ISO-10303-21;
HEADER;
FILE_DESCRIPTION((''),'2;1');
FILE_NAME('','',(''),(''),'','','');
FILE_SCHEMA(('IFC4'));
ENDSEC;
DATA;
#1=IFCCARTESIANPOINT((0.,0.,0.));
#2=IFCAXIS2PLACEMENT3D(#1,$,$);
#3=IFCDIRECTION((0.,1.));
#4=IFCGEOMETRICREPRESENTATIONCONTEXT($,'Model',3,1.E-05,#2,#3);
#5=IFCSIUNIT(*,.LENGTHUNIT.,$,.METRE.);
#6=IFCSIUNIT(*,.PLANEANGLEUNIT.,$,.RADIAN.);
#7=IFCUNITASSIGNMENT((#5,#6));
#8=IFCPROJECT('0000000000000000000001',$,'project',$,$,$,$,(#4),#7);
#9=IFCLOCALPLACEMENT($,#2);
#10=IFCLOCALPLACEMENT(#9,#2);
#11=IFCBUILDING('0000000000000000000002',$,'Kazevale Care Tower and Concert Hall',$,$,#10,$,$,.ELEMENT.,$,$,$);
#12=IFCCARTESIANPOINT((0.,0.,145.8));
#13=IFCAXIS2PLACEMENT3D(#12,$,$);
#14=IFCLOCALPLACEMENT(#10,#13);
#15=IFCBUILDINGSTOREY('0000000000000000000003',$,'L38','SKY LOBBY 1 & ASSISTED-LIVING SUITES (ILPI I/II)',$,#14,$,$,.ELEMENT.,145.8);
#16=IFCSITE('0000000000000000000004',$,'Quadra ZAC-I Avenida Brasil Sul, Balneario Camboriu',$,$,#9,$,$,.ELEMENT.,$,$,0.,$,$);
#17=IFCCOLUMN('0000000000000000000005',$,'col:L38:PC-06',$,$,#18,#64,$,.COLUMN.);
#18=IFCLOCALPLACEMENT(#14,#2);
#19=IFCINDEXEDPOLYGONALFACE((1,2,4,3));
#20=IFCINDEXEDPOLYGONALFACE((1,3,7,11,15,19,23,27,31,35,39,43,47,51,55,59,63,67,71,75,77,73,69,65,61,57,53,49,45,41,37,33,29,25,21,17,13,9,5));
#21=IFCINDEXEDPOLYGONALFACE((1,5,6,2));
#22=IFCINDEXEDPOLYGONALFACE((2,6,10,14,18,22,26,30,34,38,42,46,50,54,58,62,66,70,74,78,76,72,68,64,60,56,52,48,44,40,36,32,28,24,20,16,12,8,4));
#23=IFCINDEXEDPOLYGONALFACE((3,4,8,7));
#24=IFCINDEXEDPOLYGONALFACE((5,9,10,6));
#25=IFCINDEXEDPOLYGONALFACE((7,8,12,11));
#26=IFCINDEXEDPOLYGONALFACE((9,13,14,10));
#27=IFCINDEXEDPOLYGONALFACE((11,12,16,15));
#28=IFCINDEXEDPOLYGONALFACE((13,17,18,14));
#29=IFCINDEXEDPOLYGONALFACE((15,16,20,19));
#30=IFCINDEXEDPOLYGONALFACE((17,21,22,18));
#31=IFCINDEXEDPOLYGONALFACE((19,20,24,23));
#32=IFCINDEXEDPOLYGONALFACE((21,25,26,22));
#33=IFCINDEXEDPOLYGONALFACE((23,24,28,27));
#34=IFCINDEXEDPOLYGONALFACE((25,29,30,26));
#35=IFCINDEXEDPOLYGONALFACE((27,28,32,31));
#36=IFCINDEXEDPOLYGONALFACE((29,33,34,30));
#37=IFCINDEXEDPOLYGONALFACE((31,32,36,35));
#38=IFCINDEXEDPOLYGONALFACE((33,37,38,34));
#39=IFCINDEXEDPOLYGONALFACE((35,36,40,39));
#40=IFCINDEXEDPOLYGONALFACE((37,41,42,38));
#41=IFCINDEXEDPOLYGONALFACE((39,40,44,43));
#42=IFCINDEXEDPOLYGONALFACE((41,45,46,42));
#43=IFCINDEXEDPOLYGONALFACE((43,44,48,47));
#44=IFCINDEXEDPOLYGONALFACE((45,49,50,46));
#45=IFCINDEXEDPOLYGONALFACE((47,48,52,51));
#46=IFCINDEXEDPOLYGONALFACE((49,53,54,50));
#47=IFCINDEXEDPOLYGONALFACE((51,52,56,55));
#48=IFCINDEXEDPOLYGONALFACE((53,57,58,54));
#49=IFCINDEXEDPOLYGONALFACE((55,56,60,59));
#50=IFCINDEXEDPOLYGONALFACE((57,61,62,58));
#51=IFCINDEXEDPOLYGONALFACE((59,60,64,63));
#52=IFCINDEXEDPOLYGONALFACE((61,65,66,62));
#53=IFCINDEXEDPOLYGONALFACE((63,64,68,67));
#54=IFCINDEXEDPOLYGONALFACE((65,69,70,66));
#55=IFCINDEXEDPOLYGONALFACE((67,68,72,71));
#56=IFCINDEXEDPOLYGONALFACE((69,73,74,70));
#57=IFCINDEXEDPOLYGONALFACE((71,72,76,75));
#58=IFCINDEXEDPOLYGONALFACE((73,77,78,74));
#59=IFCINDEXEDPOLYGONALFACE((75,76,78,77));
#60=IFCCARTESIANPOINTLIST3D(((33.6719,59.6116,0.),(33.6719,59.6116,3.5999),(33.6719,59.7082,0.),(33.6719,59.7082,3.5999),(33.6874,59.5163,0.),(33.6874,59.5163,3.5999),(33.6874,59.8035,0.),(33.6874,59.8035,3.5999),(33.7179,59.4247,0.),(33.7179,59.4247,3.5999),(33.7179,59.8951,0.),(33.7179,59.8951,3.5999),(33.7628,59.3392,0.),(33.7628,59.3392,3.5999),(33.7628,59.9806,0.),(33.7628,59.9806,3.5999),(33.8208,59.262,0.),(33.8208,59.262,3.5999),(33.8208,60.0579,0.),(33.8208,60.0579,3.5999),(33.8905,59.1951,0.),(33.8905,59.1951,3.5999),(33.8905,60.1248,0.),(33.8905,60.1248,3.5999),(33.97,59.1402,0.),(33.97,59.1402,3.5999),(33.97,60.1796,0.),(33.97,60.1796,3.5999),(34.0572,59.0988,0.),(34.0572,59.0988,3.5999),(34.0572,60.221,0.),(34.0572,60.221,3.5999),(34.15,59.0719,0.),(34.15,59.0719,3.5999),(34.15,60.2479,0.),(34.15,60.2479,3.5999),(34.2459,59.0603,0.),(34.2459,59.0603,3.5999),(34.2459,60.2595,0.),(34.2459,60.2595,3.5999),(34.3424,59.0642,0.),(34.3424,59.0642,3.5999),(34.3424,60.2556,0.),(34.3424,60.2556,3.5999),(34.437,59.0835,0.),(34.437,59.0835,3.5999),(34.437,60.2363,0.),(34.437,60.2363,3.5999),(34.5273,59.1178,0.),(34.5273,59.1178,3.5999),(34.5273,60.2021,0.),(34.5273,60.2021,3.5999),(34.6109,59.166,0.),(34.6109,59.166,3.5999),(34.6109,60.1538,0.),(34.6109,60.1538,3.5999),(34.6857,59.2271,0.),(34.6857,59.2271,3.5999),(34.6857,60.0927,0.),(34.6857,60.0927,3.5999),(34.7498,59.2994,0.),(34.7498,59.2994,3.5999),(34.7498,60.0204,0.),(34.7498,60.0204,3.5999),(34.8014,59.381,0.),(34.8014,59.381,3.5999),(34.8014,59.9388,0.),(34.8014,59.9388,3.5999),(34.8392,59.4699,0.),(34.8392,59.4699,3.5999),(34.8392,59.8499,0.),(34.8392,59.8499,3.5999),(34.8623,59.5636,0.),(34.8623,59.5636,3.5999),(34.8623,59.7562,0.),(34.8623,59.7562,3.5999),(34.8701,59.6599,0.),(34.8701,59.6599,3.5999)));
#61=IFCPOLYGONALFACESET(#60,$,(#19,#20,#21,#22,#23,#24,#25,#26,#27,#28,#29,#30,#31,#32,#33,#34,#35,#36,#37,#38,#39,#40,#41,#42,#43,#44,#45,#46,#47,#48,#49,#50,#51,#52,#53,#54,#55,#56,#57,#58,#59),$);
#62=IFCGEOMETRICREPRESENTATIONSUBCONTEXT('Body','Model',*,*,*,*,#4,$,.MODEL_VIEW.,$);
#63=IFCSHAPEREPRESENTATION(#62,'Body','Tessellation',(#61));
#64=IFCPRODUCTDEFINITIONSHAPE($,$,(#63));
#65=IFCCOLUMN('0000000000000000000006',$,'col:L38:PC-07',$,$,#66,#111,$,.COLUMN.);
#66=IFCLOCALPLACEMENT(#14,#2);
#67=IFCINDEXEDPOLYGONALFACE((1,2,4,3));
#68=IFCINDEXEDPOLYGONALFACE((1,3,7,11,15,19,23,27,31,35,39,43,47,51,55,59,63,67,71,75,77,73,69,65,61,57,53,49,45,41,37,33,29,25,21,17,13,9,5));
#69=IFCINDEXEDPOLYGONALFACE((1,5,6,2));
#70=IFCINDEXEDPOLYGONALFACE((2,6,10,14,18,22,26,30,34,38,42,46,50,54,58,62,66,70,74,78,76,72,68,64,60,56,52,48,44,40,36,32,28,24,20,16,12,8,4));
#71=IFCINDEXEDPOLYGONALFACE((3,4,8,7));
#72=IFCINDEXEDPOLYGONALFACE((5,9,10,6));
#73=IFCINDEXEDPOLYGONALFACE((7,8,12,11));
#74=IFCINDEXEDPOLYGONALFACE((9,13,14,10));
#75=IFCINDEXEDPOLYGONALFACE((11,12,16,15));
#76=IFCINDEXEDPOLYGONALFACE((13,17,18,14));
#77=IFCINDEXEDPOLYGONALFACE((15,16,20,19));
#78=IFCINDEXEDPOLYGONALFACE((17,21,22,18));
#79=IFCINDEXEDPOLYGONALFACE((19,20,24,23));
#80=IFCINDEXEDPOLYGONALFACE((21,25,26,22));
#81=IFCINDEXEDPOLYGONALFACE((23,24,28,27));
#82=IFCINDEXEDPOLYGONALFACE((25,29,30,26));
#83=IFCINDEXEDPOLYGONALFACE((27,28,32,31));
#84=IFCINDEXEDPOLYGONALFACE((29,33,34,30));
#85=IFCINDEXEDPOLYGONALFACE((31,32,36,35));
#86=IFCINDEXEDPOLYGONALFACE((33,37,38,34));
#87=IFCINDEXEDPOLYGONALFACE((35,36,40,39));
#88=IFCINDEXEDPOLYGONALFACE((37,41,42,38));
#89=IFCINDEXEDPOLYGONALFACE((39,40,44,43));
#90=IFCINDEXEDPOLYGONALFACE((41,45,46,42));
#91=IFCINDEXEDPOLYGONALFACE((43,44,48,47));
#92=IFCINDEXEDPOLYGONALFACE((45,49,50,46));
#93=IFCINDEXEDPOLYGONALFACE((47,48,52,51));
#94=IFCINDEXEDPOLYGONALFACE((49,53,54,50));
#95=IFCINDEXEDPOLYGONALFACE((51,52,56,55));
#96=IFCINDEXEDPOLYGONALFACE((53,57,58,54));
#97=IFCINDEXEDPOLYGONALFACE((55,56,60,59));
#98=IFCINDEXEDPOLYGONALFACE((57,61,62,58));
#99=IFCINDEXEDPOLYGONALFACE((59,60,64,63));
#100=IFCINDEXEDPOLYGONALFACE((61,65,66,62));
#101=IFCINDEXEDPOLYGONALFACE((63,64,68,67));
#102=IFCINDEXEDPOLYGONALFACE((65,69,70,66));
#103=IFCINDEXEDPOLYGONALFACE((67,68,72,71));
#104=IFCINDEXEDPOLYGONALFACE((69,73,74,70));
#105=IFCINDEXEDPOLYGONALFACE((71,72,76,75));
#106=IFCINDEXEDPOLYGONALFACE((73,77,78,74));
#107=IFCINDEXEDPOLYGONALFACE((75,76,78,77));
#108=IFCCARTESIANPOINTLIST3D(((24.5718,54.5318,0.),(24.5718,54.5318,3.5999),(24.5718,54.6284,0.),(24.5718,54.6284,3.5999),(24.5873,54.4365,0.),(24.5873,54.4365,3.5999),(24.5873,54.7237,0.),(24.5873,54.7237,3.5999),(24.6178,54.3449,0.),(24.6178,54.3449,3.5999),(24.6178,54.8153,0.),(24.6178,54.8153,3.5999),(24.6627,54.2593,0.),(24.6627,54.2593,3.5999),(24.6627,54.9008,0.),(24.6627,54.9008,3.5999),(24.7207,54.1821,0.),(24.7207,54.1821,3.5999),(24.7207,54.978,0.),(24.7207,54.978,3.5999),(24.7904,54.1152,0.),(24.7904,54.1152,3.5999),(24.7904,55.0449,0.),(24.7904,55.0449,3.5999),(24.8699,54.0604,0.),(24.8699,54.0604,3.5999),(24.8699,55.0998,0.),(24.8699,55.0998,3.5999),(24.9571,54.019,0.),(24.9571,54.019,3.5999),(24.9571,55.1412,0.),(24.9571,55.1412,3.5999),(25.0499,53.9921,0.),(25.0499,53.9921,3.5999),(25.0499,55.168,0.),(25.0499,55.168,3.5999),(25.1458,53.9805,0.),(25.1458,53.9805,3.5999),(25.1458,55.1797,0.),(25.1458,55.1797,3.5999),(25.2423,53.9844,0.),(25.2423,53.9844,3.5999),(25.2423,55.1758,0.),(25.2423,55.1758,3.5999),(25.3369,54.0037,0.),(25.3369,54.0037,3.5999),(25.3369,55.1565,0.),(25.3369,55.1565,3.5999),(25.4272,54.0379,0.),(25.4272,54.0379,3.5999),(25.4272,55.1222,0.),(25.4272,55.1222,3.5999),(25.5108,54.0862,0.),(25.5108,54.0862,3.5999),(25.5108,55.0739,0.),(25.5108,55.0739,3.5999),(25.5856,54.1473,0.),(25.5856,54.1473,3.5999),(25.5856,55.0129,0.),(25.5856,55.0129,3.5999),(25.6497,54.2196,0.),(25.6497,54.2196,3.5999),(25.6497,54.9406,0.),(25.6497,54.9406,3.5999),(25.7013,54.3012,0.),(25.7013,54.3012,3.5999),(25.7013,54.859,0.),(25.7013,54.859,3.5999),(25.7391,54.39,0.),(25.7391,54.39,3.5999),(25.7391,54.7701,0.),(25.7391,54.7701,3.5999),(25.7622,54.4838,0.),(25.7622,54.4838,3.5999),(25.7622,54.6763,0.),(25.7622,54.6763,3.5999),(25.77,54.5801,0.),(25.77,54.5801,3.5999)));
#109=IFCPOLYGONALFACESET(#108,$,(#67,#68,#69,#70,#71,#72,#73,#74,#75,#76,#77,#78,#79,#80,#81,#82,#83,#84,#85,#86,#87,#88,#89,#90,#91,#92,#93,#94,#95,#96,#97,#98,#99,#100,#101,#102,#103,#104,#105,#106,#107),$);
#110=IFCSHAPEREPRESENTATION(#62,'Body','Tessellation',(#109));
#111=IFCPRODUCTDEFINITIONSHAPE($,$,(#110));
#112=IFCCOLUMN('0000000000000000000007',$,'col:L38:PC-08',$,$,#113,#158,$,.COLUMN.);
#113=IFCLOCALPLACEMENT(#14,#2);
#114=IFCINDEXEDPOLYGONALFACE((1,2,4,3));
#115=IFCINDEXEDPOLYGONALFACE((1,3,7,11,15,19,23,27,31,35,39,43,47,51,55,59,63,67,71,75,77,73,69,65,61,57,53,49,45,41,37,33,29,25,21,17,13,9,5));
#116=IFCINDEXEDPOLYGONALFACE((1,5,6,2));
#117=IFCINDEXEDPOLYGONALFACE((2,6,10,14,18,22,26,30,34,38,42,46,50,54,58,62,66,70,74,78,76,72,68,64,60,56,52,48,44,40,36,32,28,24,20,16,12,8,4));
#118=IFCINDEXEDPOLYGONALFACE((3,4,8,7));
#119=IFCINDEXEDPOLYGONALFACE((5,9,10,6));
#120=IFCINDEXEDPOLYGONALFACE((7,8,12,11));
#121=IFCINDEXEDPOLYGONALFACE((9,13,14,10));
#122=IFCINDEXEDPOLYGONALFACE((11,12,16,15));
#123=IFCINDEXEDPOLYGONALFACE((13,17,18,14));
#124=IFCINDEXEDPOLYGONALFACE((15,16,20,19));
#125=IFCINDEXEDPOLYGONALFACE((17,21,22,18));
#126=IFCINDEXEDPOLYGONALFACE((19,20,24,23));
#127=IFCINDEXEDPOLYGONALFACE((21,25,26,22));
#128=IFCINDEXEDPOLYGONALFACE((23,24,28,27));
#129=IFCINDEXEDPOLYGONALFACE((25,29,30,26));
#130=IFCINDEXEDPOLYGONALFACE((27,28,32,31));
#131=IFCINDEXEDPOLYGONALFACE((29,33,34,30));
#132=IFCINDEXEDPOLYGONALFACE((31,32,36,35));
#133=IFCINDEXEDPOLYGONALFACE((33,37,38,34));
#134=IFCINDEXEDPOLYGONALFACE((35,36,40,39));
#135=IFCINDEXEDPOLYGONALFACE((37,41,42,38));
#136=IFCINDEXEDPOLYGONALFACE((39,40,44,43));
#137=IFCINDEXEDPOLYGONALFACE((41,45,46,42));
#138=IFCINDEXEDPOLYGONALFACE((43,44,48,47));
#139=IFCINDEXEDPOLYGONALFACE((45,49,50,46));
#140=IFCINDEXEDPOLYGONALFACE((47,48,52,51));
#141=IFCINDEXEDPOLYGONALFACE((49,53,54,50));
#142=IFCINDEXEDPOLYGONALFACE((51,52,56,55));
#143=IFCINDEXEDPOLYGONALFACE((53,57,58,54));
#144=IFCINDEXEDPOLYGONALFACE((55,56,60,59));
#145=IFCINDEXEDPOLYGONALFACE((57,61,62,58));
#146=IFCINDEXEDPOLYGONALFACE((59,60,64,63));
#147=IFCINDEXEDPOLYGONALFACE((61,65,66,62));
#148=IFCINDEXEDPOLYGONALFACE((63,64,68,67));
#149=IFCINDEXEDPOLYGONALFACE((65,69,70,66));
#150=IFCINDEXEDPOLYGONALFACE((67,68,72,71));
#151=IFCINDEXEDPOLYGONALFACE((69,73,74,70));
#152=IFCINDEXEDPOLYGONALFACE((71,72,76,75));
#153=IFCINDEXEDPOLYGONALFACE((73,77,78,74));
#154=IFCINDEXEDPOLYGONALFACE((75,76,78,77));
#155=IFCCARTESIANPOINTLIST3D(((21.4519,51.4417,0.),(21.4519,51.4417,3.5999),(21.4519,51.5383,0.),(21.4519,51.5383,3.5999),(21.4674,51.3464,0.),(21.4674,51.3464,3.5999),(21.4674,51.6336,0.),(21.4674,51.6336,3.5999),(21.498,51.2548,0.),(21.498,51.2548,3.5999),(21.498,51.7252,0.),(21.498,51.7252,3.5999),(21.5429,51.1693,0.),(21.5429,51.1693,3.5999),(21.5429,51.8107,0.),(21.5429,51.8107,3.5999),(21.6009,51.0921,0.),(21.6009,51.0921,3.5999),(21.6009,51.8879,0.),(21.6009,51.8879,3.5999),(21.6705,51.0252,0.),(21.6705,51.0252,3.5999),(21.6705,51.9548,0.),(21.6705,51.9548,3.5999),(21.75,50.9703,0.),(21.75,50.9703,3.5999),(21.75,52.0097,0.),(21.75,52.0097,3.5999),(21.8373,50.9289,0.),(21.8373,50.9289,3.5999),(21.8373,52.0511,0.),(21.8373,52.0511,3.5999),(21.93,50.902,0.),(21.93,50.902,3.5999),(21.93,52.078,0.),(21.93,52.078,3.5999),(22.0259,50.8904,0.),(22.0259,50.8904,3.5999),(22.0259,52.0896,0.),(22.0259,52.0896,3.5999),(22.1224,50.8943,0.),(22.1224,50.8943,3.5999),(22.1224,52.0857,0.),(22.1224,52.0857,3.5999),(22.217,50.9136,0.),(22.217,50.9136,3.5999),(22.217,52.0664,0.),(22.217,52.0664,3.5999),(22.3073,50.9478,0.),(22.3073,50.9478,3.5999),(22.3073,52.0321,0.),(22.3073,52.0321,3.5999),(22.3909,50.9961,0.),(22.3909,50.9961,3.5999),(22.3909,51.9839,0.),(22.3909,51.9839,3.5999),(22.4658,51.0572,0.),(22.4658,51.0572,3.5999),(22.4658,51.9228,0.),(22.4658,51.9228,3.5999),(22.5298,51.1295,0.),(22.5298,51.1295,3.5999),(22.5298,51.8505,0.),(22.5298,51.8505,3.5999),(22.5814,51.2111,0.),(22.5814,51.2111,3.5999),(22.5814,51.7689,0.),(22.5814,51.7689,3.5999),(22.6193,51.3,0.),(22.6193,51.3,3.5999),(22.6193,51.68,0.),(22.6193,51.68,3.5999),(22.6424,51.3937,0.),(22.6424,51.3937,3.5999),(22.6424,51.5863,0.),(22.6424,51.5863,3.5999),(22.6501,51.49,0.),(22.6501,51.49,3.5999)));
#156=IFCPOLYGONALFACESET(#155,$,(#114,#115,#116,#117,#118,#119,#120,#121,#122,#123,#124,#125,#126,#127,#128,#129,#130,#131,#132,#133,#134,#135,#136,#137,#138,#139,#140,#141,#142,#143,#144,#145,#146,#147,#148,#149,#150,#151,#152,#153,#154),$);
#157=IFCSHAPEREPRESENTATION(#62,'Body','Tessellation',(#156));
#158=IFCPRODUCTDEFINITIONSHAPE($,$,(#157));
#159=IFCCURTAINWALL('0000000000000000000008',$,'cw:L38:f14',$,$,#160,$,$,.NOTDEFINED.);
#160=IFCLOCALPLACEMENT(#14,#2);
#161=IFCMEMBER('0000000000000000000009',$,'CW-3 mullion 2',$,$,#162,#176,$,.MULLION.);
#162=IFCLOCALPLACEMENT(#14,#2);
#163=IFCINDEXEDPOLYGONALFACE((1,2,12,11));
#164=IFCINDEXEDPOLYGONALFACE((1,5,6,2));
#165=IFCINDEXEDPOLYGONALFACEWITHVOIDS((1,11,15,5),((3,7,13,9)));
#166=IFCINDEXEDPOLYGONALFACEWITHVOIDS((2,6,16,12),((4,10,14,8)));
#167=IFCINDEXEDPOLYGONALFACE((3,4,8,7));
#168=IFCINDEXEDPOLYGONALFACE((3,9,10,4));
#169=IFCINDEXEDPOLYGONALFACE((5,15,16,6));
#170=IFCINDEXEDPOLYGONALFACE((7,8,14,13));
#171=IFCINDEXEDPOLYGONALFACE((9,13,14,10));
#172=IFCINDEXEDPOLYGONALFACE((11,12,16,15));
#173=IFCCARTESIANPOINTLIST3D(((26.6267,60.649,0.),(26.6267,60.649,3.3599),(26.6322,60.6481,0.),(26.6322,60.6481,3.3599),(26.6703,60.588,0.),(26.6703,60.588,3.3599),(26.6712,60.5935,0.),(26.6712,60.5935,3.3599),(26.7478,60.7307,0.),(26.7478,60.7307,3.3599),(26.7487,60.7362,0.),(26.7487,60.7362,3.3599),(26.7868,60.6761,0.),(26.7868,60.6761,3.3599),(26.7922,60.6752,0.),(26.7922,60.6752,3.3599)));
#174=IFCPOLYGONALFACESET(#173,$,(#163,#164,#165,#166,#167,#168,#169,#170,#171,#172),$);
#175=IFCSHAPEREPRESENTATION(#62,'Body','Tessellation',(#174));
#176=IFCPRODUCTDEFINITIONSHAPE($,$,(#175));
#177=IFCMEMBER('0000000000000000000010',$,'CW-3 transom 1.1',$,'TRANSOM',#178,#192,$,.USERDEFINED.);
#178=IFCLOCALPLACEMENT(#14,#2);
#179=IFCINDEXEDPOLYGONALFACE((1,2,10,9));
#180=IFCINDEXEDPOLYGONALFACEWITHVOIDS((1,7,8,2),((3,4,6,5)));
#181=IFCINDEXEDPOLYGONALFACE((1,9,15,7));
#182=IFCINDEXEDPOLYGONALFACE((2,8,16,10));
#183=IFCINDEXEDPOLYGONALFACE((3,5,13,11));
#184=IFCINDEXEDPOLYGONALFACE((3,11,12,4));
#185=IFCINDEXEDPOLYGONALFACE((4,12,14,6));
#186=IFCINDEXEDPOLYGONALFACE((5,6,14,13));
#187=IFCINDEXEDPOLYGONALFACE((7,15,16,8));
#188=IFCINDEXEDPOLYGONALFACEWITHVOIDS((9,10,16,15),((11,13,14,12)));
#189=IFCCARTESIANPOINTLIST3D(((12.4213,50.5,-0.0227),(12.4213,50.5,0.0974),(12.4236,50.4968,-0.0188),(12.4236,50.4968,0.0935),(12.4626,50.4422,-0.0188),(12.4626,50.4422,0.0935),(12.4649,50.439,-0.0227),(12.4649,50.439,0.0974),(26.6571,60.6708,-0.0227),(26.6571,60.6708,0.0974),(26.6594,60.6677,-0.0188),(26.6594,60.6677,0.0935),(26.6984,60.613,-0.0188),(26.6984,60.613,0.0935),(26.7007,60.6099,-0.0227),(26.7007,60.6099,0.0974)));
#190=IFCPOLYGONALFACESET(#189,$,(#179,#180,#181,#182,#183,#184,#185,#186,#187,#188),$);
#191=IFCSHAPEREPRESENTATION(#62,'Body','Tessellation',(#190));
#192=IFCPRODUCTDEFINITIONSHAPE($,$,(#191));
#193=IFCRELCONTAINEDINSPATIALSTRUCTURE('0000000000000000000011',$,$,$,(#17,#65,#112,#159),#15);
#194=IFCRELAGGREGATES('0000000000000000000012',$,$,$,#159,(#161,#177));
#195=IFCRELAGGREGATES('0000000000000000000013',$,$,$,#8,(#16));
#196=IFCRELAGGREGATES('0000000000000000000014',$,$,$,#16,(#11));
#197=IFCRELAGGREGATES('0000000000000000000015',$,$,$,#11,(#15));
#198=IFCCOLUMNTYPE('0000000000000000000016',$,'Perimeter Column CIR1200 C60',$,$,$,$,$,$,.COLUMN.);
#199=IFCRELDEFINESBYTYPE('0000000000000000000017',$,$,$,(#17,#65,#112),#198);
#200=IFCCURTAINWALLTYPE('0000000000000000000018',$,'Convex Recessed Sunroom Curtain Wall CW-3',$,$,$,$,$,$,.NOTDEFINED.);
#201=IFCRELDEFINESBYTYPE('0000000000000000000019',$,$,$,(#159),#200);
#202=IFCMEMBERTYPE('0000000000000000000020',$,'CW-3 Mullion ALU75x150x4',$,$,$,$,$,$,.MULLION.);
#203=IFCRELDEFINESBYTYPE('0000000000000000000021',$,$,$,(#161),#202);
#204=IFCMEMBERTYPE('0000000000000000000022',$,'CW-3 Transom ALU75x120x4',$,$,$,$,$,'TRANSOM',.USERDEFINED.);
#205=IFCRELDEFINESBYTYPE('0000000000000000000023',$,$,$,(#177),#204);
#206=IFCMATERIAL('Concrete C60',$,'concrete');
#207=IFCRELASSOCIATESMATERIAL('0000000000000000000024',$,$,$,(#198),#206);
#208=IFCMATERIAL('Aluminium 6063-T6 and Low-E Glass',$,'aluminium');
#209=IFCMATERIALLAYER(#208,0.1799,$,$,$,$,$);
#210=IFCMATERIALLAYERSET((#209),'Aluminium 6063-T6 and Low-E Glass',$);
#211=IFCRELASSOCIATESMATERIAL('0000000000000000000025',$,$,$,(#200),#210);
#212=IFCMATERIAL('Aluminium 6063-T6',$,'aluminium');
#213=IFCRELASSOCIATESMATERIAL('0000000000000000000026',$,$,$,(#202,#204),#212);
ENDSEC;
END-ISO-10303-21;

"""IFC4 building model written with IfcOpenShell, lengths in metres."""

from ifc_helpers import new_model, si_unit, direction, frame, origin, origin_2d, place, context, subcontext, project, spatial, hollow_rectangle, circle, extrude, material, layer, layer_set, material_profile, profile_set, type_object, element, aggregate, save


model = new_model("IFC4")

# Units and contexts
model_context = context("Model", 3, precision=1e-05, world=origin(), true_north=direction((0.0, 1.0)))
body_context = subcontext(model_context, "Body", "Model", "MODEL_VIEW")
ifc_project = project(units=[si_unit("LENGTHUNIT", "METRE"), si_unit("PLANEANGLEUNIT", "RADIAN")], contexts=[model_context])

# Site, building, storey
site_placement = place(None, origin())
site = spatial("IfcSite", under=ifc_project, at=site_placement, Name="Quadra ZAC-I Avenida Brasil Sul, Balneario Camboriu", CompositionType="ELEMENT", RefElevation=0.0)
building_placement = place(site_placement, origin())
building = spatial("IfcBuilding", under=site, at=building_placement, Name="Kazevale Care Tower and Concert Hall", CompositionType="ELEMENT")
storey_placement = place(building_placement, frame((0.0, 0.0, 145.8)))
storey = spatial("IfcBuildingStorey", under=building, at=storey_placement, Name="L38", Description="SKY LOBBY 1 & ASSISTED-LIVING SUITES (ILPI I/II)", CompositionType="ELEMENT", Elevation=145.8)

# Columns
ifc_material_1 = material(Name="Concrete C60", Category="concrete")
ifc_material_profile_1 = material_profile(ifc_material_1, circle(Radius=0.6001, at=origin_2d()), Name="RC-CIR1200")
ifc_profile_set_1 = profile_set([ifc_material_profile_1], Name="Concrete C60")
column_type = type_object("IfcColumnType", Name="Perimeter Column CIR1200 C60", PredefinedType="COLUMN", material=ifc_profile_set_1)
for number, where, z_axis, x_axis, name in (
    (1, (34.27, 59.6599, 0.0), (0.0, 0.0, 1.0), (1.0, 0.0, 0.0), "col:L38:PC-06"),
    (2, (25.1699, 54.5801, 0.0), (0.0, 0.0, 1.0), (1.0, 0.0, 0.0), "col:L38:PC-07"),
    (3, (22.05, 51.49, 0.0), (0.0, 0.0, 1.0), (1.0, 0.0, 0.0), "col:L38:PC-08"),
):
    element("IfcColumn", number, at=place(storey_placement, frame(where, z_axis=z_axis, x_axis=x_axis)), inside=storey, type_object=column_type, Name=name, PredefinedType="COLUMN", context=body_context, shape_type="SweptSolid", body=[
        extrude(circle(Radius=0.6001, at=origin_2d()), origin(), (0.0, 0.0, 1.0), 3.5999),
    ])

# Curtain wall, members
ifc_material_2 = material(Name="Aluminium 6063-T6 and Low-E Glass", Category="aluminium")
ifc_layer_1 = layer(ifc_material_2, 0.1799)
ifc_layer_set_1 = layer_set([ifc_layer_1], Name="Aluminium 6063-T6 and Low-E Glass")
curtain_wall_type = type_object("IfcCurtainWallType", Name="Convex Recessed Sunroom Curtain Wall CW-3", PredefinedType="NOTDEFINED", material=ifc_layer_set_1)
curtain_wall_placement = place(storey_placement, origin())
curtain_wall = element("IfcCurtainWall", 4, at=curtain_wall_placement, inside=storey, type_object=curtain_wall_type, Name="cw:L38:f14", PredefinedType="NOTDEFINED")
ifc_material_3 = material(Name="Aluminium 6063-T6", Category="aluminium")
ifc_material_profile_2 = material_profile(ifc_material_3, hollow_rectangle(XDim=0.075, YDim=0.1499, WallThickness=0.0039, at=origin_2d()), Name="ALU75x150x4")
ifc_profile_set_2 = profile_set([ifc_material_profile_2], Name="Aluminium 6063-T6")
member_type_1 = type_object("IfcMemberType", Name="CW-3 Mullion ALU75x150x4", PredefinedType="MULLION", material=ifc_profile_set_2)
member_1_placement = place(storey_placement, frame((26.7095, 60.6621, 0.0), z_axis=(0.0, 0.0, 1.0), x_axis=(-0.581324, 0.813672, 0.0)))
member_1 = element("IfcMember", 5, at=member_1_placement, type_object=member_type_1, Name="CW-3 mullion 2", PredefinedType="MULLION", context=body_context, shape_type="SweptSolid", body=[
    extrude(hollow_rectangle(XDim=0.075, YDim=0.1499, WallThickness=0.0039, at=origin_2d()), origin(), (0.0, 0.0, 1.0), 3.3599),
])
ifc_material_profile_3 = material_profile(ifc_material_3, hollow_rectangle(XDim=0.075, YDim=0.1201, WallThickness=0.0039, at=origin_2d()), Name="ALU75x120x4")
ifc_profile_set_3 = profile_set([ifc_material_profile_3], Name="Aluminium 6063-T6")
member_type_2 = type_object("IfcMemberType", Name="CW-3 Transom ALU75x120x4", ElementType="TRANSOM", PredefinedType="USERDEFINED", material=ifc_profile_set_3)
member_2_placement = place(storey_placement, frame((12.4431, 50.4695, 0.0374), z_axis=(0.813667, 0.581331, 0.0), x_axis=(-0.581331, 0.813667, 0.0)))
member_2 = element("IfcMember", 6, at=member_2_placement, type_object=member_type_2, Name="CW-3 transom 1.1", ObjectType="TRANSOM", PredefinedType="USERDEFINED", context=body_context, shape_type="SweptSolid", body=[
    extrude(hollow_rectangle(XDim=0.075, YDim=0.1201, WallThickness=0.0039, at=origin_2d()), origin(), (0.0, 0.0, 1.0), 17.4958),
])

aggregate(curtain_wall, [member_1, member_2])

save(model, "model.ifc")
